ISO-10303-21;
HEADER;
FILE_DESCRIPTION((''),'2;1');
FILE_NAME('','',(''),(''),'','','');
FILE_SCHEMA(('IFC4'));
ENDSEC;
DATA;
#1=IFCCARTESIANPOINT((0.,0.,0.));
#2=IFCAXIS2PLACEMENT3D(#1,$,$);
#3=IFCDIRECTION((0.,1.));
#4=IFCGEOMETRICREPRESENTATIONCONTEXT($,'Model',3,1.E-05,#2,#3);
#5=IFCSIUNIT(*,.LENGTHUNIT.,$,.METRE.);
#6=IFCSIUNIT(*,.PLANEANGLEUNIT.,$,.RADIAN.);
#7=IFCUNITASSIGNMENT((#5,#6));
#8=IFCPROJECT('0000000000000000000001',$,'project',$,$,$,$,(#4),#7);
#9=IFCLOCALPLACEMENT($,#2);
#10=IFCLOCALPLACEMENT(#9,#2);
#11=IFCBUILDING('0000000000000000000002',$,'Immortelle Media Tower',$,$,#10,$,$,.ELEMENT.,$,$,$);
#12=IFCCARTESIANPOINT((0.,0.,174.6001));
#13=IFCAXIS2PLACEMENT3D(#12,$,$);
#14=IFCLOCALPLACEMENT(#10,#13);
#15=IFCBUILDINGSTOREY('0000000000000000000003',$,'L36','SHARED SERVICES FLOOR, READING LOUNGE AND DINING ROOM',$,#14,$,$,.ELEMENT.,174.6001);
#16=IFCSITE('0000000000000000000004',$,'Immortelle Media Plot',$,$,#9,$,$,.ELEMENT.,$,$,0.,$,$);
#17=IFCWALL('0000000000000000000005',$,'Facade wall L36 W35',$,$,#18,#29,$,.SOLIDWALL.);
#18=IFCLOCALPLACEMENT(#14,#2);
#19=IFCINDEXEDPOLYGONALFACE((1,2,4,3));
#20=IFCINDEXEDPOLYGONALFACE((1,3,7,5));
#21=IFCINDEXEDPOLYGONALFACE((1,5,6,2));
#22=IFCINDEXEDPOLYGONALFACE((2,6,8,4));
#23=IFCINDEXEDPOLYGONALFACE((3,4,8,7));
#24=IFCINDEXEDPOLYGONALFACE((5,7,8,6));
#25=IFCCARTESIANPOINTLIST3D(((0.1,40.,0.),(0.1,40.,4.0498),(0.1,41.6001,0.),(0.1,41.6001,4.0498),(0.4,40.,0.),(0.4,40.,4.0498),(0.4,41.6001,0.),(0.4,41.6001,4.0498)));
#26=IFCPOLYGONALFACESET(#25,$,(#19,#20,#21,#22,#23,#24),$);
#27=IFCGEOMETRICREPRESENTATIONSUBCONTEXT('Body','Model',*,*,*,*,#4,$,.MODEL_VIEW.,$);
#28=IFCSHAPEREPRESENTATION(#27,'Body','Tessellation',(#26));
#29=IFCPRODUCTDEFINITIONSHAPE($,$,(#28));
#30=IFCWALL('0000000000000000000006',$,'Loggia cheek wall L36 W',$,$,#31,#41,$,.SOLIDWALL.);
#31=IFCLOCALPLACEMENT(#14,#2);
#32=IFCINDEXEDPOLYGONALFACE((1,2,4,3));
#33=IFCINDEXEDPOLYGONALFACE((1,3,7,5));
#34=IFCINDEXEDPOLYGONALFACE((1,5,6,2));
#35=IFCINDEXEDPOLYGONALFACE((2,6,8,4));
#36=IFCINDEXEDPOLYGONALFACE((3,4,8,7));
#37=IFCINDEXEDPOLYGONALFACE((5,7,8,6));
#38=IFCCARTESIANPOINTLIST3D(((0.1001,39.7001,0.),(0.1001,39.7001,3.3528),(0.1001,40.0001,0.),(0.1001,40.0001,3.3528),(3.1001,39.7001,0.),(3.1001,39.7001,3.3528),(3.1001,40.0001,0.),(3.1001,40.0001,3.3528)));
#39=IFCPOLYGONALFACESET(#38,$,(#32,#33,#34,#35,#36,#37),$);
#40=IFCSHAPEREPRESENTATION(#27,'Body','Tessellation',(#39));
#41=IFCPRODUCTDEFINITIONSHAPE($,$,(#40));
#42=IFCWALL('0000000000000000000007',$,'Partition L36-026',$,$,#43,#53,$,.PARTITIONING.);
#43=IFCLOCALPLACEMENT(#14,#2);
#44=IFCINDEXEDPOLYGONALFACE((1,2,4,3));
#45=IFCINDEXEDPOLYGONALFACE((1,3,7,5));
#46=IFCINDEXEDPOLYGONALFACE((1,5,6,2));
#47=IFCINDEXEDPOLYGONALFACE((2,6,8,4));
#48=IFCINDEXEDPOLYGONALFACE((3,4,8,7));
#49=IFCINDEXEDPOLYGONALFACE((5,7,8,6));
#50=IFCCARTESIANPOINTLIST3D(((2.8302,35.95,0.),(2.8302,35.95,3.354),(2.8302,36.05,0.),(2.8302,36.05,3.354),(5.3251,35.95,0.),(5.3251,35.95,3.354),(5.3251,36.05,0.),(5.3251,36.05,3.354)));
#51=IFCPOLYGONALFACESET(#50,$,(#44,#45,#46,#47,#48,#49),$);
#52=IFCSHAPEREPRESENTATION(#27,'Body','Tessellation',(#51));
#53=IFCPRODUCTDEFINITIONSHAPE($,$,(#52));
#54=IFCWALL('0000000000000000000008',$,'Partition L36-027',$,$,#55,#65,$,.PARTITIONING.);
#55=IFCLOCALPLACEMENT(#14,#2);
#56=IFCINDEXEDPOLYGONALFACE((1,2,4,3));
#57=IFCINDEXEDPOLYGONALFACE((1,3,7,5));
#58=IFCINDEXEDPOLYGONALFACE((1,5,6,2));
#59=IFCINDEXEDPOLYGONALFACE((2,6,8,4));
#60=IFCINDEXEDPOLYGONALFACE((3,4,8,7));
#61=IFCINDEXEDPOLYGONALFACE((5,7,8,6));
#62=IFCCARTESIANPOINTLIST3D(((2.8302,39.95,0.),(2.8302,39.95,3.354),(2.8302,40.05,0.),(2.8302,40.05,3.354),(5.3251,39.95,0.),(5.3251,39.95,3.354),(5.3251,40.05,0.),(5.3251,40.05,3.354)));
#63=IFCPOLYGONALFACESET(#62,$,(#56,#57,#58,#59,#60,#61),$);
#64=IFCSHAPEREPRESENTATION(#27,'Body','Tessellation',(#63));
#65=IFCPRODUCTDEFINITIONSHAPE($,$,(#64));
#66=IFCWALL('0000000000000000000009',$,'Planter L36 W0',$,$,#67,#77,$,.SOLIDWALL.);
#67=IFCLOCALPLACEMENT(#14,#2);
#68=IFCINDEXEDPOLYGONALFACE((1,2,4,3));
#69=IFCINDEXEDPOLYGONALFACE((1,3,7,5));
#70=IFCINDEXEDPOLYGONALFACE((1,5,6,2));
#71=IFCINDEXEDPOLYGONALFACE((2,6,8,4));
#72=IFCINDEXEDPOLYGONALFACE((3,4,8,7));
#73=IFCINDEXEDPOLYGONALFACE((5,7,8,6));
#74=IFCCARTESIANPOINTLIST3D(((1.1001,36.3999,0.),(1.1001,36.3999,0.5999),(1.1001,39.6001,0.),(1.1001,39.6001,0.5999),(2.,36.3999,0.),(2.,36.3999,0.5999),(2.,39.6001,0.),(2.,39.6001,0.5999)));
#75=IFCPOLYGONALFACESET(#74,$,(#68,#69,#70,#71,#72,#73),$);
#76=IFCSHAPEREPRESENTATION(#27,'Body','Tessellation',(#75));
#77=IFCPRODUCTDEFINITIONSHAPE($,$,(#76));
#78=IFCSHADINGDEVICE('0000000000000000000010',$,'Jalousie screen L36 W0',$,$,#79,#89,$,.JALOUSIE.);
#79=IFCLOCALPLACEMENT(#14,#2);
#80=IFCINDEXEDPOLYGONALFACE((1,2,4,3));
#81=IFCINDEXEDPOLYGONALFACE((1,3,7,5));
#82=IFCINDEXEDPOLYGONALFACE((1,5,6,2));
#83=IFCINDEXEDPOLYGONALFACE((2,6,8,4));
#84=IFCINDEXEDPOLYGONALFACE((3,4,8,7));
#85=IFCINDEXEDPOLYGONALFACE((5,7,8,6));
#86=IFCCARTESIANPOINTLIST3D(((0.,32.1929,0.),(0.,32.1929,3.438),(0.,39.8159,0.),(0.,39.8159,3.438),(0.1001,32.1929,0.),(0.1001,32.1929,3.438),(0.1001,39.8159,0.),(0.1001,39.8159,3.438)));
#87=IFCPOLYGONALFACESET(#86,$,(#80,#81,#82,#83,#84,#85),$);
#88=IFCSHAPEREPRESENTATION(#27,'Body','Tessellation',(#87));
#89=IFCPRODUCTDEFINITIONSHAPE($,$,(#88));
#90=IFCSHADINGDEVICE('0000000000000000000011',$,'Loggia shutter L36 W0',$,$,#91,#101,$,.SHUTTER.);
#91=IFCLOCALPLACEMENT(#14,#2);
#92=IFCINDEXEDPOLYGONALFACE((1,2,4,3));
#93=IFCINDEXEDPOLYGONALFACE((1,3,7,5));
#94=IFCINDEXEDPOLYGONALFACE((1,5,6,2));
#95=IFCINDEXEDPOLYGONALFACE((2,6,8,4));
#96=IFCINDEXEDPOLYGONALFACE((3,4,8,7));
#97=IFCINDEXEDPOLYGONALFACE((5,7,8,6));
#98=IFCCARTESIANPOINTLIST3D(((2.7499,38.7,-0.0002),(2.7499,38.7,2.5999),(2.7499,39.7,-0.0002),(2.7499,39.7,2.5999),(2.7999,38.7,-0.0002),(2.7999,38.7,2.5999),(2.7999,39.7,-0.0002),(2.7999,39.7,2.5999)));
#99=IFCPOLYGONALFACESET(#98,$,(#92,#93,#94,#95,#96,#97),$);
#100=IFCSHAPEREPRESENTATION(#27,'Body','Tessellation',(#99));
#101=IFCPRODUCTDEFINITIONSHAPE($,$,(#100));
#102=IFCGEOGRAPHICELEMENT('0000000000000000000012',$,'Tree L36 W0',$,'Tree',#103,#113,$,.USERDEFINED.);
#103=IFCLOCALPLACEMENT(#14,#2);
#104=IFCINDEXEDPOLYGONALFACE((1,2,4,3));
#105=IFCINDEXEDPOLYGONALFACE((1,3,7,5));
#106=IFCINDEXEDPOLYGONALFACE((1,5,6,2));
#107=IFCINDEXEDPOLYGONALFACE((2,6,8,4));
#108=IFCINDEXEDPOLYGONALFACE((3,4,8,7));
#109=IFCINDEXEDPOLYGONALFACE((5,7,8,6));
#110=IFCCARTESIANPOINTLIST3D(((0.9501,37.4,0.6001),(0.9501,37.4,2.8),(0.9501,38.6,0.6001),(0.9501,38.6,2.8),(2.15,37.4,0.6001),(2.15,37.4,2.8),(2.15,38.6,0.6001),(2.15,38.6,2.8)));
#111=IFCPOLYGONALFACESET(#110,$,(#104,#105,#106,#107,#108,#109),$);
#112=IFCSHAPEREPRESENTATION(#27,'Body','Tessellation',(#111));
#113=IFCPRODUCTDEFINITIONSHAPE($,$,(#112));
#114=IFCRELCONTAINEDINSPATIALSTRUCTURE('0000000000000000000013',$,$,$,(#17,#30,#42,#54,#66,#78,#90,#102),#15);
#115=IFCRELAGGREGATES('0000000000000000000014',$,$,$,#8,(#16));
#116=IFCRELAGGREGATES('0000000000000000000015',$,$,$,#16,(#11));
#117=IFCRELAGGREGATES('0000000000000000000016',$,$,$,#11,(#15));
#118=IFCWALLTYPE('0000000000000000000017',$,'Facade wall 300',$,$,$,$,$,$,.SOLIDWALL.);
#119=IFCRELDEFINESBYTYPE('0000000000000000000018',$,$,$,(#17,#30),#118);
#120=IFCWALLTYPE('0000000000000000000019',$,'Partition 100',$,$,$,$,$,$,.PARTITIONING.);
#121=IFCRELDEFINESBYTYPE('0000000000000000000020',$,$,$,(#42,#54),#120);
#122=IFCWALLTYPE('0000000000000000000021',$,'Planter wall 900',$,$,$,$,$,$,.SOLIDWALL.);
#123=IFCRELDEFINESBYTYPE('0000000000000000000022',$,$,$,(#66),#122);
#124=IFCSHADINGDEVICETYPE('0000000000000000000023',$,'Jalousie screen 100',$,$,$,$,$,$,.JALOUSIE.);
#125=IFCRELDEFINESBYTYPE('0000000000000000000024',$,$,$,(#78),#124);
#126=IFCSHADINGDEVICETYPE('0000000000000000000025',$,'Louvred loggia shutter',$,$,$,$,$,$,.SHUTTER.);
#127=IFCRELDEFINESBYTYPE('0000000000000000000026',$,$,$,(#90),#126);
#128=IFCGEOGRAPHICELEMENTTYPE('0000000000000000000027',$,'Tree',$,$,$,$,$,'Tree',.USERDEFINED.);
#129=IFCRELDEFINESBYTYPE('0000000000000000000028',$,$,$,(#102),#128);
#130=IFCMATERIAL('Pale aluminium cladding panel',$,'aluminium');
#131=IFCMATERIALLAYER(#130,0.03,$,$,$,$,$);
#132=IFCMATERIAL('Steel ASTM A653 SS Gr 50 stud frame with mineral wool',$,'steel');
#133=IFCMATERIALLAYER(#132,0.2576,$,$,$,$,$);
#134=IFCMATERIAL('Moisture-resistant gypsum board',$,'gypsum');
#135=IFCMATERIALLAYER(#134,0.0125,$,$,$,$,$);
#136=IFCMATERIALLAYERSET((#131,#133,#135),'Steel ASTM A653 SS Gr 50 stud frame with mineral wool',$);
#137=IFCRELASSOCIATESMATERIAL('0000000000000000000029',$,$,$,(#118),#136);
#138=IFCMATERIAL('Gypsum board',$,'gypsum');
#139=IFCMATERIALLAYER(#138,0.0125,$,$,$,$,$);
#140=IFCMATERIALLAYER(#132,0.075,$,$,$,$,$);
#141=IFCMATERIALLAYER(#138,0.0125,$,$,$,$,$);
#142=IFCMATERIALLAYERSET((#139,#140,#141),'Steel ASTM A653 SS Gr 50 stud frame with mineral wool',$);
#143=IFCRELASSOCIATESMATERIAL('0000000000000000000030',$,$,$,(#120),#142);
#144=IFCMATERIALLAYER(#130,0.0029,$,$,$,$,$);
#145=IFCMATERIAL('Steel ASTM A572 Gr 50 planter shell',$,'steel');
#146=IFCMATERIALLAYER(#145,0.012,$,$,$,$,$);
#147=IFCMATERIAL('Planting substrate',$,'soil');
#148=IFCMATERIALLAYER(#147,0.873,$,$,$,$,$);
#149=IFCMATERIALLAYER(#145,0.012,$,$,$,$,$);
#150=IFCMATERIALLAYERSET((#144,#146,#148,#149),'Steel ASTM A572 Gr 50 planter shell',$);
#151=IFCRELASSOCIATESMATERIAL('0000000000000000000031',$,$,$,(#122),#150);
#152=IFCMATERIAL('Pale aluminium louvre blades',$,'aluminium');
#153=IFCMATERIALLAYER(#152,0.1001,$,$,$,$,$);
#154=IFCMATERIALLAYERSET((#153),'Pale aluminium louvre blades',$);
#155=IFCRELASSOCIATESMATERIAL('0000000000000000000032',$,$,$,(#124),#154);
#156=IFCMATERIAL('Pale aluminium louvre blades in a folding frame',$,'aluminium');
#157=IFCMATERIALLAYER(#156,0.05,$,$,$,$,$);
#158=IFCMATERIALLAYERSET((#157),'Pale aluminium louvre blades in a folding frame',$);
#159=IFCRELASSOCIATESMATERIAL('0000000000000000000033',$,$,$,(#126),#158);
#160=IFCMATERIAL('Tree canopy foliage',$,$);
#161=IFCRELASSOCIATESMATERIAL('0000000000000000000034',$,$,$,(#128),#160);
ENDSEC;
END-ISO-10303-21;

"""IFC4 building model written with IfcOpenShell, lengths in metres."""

from ifc_helpers import new_model, si_unit, direction, frame, frame_2d, origin, origin_2d, place, context, subcontext, project, spatial, rectangle, extrude, material, layer, layer_set, type_object, element, save


model = new_model("IFC4")

# Units and contexts
model_context = context("Model", 3, precision=1e-05, world=origin(), true_north=direction((0.0, 1.0)))
body_context = subcontext(model_context, "Body", "Model", "MODEL_VIEW")
ifc_project = project(units=[si_unit("LENGTHUNIT", "METRE"), si_unit("PLANEANGLEUNIT", "RADIAN")], contexts=[model_context])

# Site, building, storey
site_placement = place(None, origin())
site = spatial("IfcSite", under=ifc_project, at=site_placement, Name="Immortelle Media Plot", CompositionType="ELEMENT", RefElevation=0.0)
building_placement = place(site_placement, origin())
building = spatial("IfcBuilding", under=site, at=building_placement, Name="Immortelle Media Tower", CompositionType="ELEMENT")
storey_placement = place(building_placement, frame((0.0, 0.0, 174.6001)))
storey = spatial("IfcBuildingStorey", under=building, at=storey_placement, Name="L36", Description="SHARED SERVICES FLOOR, READING LOUNGE AND DINING ROOM", CompositionType="ELEMENT", Elevation=174.6001)

# Shared definitions
ifc_material_1 = material(Name="Steel ASTM A653 SS Gr 50 stud frame with mineral wool", Category="steel")

# Wall
ifc_material_2 = material(Name="Pale aluminium cladding panel", Category="aluminium")
ifc_layer_1 = layer(ifc_material_2, 0.03)
ifc_layer_2 = layer(ifc_material_1, 0.2576)
ifc_material_3 = material(Name="Moisture-resistant gypsum board", Category="gypsum")
ifc_layer_3 = layer(ifc_material_3, 0.0125)
ifc_layer_set_1 = layer_set([ifc_layer_1, ifc_layer_2, ifc_layer_3], Name="Steel ASTM A653 SS Gr 50 stud frame with mineral wool")
wall_type_1 = type_object("IfcWallType", Name="Facade wall 300", PredefinedType="SOLIDWALL", material=ifc_layer_set_1)
wall_1_placement = place(storey_placement, frame((0.25, 41.6001, 0.0), z_axis=(0.0, 0.0, 1.0), x_axis=(0.0, -1.0, 0.0)))
element("IfcWall", 1, at=wall_1_placement, inside=storey, type_object=wall_type_1, Name="Facade wall L36 W35", PredefinedType="SOLIDWALL", context=body_context, shape_type="SweptSolid", body=[
    extrude(rectangle(XDim=1.6001, YDim=0.3, at=frame_2d((0.8, 0.0))), origin(), (0.0, 0.0, 1.0), 4.0498),
])

# Walls
wall_2_placement = place(storey_placement, frame((0.1001, 39.8501, 0.0), z_axis=(0.0, 0.0, 1.0), x_axis=(1.0, 0.0, 0.0)))
element("IfcWall", 2, at=wall_2_placement, inside=storey, type_object=wall_type_1, Name="Loggia cheek wall L36 W", PredefinedType="SOLIDWALL", context=body_context, shape_type="SweptSolid", body=[
    extrude(rectangle(XDim=3.0, YDim=0.3, at=frame_2d((1.5, 0.0))), origin(), (0.0, 0.0, 1.0), 3.3528),
])
ifc_material_4 = material(Name="Gypsum board", Category="gypsum")
ifc_layer_4 = layer(ifc_material_4, 0.0125)
ifc_layer_5 = layer(ifc_material_1, 0.075)
ifc_layer_6 = layer(ifc_material_4, 0.0125)
ifc_layer_set_2 = layer_set([ifc_layer_4, ifc_layer_5, ifc_layer_6], Name="Steel ASTM A653 SS Gr 50 stud frame with mineral wool")
wall_type_2 = type_object("IfcWallType", Name="Partition 100", PredefinedType="PARTITIONING", material=ifc_layer_set_2)
for number, where, z_axis, x_axis, name in (
    (3, (2.8301, 36.0, 0.0), (0.0, 0.0, 1.0), (1.0, 0.0, 0.0), "Partition L36-026"),
    (4, (2.8301, 40.0, 0.0), (0.0, 0.0, 1.0), (1.0, 0.0, 0.0), "Partition L36-027"),
):
    element("IfcWall", number, at=place(storey_placement, frame(where, z_axis=z_axis, x_axis=x_axis)), inside=storey, type_object=wall_type_2, Name=name, PredefinedType="PARTITIONING", context=body_context, shape_type="SweptSolid", body=[
        extrude(rectangle(XDim=2.4949, YDim=0.1001, at=frame_2d((1.2476, 0.0))), origin(), (0.0, 0.0, 1.0), 3.354),
    ])
ifc_layer_7 = layer(ifc_material_2, 0.0029)
ifc_material_5 = material(Name="Steel ASTM A572 Gr 50 planter shell", Category="steel")
ifc_layer_8 = layer(ifc_material_5, 0.012)
ifc_material_6 = material(Name="Planting substrate", Category="soil")
ifc_layer_9 = layer(ifc_material_6, 0.873)
ifc_layer_10 = layer(ifc_material_5, 0.012)
ifc_layer_set_3 = layer_set([ifc_layer_7, ifc_layer_8, ifc_layer_9, ifc_layer_10], Name="Steel ASTM A572 Gr 50 planter shell")
wall_type_3 = type_object("IfcWallType", Name="Planter wall 900", PredefinedType="SOLIDWALL", material=ifc_layer_set_3)
wall_3_placement = place(storey_placement, frame((1.55, 39.6001, 0.0), z_axis=(0.0, 0.0, 1.0), x_axis=(0.0, -1.0, 0.0)))
element("IfcWall", 5, at=wall_3_placement, inside=storey, type_object=wall_type_3, Name="Planter L36 W0", PredefinedType="SOLIDWALL", context=body_context, shape_type="SweptSolid", body=[
    extrude(rectangle(XDim=3.2002, YDim=0.8999, at=frame_2d((1.6001, 0.0))), origin(), (0.0, 0.0, 1.0), 0.5999),
])

# Shading devices
ifc_material_7 = material(Name="Pale aluminium louvre blades", Category="aluminium")
ifc_layer_11 = layer(ifc_material_7, 0.1001)
ifc_layer_set_4 = layer_set([ifc_layer_11], Name="Pale aluminium louvre blades")
shading_device_type_1 = type_object("IfcShadingDeviceType", Name="Jalousie screen 100", PredefinedType="JALOUSIE", material=ifc_layer_set_4)
shading_device_1_placement = place(storey_placement, frame((0.05, 36.0044, 0.0), z_axis=(0.0, 0.0, 1.0), x_axis=(0.0, -1.0, 0.0)))
element("IfcShadingDevice", 6, at=shading_device_1_placement, inside=storey, type_object=shading_device_type_1, Name="Jalousie screen L36 W0", PredefinedType="JALOUSIE", context=body_context, shape_type="SweptSolid", body=[
    extrude(rectangle(XDim=7.623, YDim=0.1001, at=origin_2d()), origin(), (0.0, 0.0, 1.0), 3.438),
])
ifc_material_8 = material(Name="Pale aluminium louvre blades in a folding frame", Category="aluminium")
ifc_layer_12 = layer(ifc_material_8, 0.05)
ifc_layer_set_5 = layer_set([ifc_layer_12], Name="Pale aluminium louvre blades in a folding frame")
shading_device_type_2 = type_object("IfcShadingDeviceType", Name="Louvred loggia shutter", PredefinedType="SHUTTER", material=ifc_layer_set_5)
shading_device_2_placement = place(storey_placement, frame((2.7749, 39.2, -0.0002), z_axis=(0.0, 0.0, 1.0), x_axis=(0.0, -1.0, 0.0)))
element("IfcShadingDevice", 7, at=shading_device_2_placement, inside=storey, type_object=shading_device_type_2, Name="Loggia shutter L36 W0", PredefinedType="SHUTTER", context=body_context, shape_type="SweptSolid", body=[
    extrude(rectangle(XDim=1.0, YDim=0.05, at=origin_2d()), origin(), (0.0, 0.0, 1.0), 2.6001),
])

# Geographic element
ifc_material_9 = material(Name="Tree canopy foliage")
geographic_element_type = type_object("IfcGeographicElementType", Name="Tree", ElementType="Tree", PredefinedType="USERDEFINED", material=ifc_material_9)
geographic_element_placement = place(storey_placement, frame((1.55, 38.0, 0.6001), z_axis=(0.0, 0.0, 1.0), x_axis=(1.0, 0.0, 0.0)))
element("IfcGeographicElement", 8, at=geographic_element_placement, inside=storey, type_object=geographic_element_type, Name="Tree L36 W0", ObjectType="Tree", PredefinedType="USERDEFINED", context=body_context, shape_type="SweptSolid", body=[
    extrude(rectangle(XDim=1.2, YDim=1.2, at=origin_2d()), origin(), (0.0, 0.0, 1.0), 2.2),
])

save(model, "model.ifc")
